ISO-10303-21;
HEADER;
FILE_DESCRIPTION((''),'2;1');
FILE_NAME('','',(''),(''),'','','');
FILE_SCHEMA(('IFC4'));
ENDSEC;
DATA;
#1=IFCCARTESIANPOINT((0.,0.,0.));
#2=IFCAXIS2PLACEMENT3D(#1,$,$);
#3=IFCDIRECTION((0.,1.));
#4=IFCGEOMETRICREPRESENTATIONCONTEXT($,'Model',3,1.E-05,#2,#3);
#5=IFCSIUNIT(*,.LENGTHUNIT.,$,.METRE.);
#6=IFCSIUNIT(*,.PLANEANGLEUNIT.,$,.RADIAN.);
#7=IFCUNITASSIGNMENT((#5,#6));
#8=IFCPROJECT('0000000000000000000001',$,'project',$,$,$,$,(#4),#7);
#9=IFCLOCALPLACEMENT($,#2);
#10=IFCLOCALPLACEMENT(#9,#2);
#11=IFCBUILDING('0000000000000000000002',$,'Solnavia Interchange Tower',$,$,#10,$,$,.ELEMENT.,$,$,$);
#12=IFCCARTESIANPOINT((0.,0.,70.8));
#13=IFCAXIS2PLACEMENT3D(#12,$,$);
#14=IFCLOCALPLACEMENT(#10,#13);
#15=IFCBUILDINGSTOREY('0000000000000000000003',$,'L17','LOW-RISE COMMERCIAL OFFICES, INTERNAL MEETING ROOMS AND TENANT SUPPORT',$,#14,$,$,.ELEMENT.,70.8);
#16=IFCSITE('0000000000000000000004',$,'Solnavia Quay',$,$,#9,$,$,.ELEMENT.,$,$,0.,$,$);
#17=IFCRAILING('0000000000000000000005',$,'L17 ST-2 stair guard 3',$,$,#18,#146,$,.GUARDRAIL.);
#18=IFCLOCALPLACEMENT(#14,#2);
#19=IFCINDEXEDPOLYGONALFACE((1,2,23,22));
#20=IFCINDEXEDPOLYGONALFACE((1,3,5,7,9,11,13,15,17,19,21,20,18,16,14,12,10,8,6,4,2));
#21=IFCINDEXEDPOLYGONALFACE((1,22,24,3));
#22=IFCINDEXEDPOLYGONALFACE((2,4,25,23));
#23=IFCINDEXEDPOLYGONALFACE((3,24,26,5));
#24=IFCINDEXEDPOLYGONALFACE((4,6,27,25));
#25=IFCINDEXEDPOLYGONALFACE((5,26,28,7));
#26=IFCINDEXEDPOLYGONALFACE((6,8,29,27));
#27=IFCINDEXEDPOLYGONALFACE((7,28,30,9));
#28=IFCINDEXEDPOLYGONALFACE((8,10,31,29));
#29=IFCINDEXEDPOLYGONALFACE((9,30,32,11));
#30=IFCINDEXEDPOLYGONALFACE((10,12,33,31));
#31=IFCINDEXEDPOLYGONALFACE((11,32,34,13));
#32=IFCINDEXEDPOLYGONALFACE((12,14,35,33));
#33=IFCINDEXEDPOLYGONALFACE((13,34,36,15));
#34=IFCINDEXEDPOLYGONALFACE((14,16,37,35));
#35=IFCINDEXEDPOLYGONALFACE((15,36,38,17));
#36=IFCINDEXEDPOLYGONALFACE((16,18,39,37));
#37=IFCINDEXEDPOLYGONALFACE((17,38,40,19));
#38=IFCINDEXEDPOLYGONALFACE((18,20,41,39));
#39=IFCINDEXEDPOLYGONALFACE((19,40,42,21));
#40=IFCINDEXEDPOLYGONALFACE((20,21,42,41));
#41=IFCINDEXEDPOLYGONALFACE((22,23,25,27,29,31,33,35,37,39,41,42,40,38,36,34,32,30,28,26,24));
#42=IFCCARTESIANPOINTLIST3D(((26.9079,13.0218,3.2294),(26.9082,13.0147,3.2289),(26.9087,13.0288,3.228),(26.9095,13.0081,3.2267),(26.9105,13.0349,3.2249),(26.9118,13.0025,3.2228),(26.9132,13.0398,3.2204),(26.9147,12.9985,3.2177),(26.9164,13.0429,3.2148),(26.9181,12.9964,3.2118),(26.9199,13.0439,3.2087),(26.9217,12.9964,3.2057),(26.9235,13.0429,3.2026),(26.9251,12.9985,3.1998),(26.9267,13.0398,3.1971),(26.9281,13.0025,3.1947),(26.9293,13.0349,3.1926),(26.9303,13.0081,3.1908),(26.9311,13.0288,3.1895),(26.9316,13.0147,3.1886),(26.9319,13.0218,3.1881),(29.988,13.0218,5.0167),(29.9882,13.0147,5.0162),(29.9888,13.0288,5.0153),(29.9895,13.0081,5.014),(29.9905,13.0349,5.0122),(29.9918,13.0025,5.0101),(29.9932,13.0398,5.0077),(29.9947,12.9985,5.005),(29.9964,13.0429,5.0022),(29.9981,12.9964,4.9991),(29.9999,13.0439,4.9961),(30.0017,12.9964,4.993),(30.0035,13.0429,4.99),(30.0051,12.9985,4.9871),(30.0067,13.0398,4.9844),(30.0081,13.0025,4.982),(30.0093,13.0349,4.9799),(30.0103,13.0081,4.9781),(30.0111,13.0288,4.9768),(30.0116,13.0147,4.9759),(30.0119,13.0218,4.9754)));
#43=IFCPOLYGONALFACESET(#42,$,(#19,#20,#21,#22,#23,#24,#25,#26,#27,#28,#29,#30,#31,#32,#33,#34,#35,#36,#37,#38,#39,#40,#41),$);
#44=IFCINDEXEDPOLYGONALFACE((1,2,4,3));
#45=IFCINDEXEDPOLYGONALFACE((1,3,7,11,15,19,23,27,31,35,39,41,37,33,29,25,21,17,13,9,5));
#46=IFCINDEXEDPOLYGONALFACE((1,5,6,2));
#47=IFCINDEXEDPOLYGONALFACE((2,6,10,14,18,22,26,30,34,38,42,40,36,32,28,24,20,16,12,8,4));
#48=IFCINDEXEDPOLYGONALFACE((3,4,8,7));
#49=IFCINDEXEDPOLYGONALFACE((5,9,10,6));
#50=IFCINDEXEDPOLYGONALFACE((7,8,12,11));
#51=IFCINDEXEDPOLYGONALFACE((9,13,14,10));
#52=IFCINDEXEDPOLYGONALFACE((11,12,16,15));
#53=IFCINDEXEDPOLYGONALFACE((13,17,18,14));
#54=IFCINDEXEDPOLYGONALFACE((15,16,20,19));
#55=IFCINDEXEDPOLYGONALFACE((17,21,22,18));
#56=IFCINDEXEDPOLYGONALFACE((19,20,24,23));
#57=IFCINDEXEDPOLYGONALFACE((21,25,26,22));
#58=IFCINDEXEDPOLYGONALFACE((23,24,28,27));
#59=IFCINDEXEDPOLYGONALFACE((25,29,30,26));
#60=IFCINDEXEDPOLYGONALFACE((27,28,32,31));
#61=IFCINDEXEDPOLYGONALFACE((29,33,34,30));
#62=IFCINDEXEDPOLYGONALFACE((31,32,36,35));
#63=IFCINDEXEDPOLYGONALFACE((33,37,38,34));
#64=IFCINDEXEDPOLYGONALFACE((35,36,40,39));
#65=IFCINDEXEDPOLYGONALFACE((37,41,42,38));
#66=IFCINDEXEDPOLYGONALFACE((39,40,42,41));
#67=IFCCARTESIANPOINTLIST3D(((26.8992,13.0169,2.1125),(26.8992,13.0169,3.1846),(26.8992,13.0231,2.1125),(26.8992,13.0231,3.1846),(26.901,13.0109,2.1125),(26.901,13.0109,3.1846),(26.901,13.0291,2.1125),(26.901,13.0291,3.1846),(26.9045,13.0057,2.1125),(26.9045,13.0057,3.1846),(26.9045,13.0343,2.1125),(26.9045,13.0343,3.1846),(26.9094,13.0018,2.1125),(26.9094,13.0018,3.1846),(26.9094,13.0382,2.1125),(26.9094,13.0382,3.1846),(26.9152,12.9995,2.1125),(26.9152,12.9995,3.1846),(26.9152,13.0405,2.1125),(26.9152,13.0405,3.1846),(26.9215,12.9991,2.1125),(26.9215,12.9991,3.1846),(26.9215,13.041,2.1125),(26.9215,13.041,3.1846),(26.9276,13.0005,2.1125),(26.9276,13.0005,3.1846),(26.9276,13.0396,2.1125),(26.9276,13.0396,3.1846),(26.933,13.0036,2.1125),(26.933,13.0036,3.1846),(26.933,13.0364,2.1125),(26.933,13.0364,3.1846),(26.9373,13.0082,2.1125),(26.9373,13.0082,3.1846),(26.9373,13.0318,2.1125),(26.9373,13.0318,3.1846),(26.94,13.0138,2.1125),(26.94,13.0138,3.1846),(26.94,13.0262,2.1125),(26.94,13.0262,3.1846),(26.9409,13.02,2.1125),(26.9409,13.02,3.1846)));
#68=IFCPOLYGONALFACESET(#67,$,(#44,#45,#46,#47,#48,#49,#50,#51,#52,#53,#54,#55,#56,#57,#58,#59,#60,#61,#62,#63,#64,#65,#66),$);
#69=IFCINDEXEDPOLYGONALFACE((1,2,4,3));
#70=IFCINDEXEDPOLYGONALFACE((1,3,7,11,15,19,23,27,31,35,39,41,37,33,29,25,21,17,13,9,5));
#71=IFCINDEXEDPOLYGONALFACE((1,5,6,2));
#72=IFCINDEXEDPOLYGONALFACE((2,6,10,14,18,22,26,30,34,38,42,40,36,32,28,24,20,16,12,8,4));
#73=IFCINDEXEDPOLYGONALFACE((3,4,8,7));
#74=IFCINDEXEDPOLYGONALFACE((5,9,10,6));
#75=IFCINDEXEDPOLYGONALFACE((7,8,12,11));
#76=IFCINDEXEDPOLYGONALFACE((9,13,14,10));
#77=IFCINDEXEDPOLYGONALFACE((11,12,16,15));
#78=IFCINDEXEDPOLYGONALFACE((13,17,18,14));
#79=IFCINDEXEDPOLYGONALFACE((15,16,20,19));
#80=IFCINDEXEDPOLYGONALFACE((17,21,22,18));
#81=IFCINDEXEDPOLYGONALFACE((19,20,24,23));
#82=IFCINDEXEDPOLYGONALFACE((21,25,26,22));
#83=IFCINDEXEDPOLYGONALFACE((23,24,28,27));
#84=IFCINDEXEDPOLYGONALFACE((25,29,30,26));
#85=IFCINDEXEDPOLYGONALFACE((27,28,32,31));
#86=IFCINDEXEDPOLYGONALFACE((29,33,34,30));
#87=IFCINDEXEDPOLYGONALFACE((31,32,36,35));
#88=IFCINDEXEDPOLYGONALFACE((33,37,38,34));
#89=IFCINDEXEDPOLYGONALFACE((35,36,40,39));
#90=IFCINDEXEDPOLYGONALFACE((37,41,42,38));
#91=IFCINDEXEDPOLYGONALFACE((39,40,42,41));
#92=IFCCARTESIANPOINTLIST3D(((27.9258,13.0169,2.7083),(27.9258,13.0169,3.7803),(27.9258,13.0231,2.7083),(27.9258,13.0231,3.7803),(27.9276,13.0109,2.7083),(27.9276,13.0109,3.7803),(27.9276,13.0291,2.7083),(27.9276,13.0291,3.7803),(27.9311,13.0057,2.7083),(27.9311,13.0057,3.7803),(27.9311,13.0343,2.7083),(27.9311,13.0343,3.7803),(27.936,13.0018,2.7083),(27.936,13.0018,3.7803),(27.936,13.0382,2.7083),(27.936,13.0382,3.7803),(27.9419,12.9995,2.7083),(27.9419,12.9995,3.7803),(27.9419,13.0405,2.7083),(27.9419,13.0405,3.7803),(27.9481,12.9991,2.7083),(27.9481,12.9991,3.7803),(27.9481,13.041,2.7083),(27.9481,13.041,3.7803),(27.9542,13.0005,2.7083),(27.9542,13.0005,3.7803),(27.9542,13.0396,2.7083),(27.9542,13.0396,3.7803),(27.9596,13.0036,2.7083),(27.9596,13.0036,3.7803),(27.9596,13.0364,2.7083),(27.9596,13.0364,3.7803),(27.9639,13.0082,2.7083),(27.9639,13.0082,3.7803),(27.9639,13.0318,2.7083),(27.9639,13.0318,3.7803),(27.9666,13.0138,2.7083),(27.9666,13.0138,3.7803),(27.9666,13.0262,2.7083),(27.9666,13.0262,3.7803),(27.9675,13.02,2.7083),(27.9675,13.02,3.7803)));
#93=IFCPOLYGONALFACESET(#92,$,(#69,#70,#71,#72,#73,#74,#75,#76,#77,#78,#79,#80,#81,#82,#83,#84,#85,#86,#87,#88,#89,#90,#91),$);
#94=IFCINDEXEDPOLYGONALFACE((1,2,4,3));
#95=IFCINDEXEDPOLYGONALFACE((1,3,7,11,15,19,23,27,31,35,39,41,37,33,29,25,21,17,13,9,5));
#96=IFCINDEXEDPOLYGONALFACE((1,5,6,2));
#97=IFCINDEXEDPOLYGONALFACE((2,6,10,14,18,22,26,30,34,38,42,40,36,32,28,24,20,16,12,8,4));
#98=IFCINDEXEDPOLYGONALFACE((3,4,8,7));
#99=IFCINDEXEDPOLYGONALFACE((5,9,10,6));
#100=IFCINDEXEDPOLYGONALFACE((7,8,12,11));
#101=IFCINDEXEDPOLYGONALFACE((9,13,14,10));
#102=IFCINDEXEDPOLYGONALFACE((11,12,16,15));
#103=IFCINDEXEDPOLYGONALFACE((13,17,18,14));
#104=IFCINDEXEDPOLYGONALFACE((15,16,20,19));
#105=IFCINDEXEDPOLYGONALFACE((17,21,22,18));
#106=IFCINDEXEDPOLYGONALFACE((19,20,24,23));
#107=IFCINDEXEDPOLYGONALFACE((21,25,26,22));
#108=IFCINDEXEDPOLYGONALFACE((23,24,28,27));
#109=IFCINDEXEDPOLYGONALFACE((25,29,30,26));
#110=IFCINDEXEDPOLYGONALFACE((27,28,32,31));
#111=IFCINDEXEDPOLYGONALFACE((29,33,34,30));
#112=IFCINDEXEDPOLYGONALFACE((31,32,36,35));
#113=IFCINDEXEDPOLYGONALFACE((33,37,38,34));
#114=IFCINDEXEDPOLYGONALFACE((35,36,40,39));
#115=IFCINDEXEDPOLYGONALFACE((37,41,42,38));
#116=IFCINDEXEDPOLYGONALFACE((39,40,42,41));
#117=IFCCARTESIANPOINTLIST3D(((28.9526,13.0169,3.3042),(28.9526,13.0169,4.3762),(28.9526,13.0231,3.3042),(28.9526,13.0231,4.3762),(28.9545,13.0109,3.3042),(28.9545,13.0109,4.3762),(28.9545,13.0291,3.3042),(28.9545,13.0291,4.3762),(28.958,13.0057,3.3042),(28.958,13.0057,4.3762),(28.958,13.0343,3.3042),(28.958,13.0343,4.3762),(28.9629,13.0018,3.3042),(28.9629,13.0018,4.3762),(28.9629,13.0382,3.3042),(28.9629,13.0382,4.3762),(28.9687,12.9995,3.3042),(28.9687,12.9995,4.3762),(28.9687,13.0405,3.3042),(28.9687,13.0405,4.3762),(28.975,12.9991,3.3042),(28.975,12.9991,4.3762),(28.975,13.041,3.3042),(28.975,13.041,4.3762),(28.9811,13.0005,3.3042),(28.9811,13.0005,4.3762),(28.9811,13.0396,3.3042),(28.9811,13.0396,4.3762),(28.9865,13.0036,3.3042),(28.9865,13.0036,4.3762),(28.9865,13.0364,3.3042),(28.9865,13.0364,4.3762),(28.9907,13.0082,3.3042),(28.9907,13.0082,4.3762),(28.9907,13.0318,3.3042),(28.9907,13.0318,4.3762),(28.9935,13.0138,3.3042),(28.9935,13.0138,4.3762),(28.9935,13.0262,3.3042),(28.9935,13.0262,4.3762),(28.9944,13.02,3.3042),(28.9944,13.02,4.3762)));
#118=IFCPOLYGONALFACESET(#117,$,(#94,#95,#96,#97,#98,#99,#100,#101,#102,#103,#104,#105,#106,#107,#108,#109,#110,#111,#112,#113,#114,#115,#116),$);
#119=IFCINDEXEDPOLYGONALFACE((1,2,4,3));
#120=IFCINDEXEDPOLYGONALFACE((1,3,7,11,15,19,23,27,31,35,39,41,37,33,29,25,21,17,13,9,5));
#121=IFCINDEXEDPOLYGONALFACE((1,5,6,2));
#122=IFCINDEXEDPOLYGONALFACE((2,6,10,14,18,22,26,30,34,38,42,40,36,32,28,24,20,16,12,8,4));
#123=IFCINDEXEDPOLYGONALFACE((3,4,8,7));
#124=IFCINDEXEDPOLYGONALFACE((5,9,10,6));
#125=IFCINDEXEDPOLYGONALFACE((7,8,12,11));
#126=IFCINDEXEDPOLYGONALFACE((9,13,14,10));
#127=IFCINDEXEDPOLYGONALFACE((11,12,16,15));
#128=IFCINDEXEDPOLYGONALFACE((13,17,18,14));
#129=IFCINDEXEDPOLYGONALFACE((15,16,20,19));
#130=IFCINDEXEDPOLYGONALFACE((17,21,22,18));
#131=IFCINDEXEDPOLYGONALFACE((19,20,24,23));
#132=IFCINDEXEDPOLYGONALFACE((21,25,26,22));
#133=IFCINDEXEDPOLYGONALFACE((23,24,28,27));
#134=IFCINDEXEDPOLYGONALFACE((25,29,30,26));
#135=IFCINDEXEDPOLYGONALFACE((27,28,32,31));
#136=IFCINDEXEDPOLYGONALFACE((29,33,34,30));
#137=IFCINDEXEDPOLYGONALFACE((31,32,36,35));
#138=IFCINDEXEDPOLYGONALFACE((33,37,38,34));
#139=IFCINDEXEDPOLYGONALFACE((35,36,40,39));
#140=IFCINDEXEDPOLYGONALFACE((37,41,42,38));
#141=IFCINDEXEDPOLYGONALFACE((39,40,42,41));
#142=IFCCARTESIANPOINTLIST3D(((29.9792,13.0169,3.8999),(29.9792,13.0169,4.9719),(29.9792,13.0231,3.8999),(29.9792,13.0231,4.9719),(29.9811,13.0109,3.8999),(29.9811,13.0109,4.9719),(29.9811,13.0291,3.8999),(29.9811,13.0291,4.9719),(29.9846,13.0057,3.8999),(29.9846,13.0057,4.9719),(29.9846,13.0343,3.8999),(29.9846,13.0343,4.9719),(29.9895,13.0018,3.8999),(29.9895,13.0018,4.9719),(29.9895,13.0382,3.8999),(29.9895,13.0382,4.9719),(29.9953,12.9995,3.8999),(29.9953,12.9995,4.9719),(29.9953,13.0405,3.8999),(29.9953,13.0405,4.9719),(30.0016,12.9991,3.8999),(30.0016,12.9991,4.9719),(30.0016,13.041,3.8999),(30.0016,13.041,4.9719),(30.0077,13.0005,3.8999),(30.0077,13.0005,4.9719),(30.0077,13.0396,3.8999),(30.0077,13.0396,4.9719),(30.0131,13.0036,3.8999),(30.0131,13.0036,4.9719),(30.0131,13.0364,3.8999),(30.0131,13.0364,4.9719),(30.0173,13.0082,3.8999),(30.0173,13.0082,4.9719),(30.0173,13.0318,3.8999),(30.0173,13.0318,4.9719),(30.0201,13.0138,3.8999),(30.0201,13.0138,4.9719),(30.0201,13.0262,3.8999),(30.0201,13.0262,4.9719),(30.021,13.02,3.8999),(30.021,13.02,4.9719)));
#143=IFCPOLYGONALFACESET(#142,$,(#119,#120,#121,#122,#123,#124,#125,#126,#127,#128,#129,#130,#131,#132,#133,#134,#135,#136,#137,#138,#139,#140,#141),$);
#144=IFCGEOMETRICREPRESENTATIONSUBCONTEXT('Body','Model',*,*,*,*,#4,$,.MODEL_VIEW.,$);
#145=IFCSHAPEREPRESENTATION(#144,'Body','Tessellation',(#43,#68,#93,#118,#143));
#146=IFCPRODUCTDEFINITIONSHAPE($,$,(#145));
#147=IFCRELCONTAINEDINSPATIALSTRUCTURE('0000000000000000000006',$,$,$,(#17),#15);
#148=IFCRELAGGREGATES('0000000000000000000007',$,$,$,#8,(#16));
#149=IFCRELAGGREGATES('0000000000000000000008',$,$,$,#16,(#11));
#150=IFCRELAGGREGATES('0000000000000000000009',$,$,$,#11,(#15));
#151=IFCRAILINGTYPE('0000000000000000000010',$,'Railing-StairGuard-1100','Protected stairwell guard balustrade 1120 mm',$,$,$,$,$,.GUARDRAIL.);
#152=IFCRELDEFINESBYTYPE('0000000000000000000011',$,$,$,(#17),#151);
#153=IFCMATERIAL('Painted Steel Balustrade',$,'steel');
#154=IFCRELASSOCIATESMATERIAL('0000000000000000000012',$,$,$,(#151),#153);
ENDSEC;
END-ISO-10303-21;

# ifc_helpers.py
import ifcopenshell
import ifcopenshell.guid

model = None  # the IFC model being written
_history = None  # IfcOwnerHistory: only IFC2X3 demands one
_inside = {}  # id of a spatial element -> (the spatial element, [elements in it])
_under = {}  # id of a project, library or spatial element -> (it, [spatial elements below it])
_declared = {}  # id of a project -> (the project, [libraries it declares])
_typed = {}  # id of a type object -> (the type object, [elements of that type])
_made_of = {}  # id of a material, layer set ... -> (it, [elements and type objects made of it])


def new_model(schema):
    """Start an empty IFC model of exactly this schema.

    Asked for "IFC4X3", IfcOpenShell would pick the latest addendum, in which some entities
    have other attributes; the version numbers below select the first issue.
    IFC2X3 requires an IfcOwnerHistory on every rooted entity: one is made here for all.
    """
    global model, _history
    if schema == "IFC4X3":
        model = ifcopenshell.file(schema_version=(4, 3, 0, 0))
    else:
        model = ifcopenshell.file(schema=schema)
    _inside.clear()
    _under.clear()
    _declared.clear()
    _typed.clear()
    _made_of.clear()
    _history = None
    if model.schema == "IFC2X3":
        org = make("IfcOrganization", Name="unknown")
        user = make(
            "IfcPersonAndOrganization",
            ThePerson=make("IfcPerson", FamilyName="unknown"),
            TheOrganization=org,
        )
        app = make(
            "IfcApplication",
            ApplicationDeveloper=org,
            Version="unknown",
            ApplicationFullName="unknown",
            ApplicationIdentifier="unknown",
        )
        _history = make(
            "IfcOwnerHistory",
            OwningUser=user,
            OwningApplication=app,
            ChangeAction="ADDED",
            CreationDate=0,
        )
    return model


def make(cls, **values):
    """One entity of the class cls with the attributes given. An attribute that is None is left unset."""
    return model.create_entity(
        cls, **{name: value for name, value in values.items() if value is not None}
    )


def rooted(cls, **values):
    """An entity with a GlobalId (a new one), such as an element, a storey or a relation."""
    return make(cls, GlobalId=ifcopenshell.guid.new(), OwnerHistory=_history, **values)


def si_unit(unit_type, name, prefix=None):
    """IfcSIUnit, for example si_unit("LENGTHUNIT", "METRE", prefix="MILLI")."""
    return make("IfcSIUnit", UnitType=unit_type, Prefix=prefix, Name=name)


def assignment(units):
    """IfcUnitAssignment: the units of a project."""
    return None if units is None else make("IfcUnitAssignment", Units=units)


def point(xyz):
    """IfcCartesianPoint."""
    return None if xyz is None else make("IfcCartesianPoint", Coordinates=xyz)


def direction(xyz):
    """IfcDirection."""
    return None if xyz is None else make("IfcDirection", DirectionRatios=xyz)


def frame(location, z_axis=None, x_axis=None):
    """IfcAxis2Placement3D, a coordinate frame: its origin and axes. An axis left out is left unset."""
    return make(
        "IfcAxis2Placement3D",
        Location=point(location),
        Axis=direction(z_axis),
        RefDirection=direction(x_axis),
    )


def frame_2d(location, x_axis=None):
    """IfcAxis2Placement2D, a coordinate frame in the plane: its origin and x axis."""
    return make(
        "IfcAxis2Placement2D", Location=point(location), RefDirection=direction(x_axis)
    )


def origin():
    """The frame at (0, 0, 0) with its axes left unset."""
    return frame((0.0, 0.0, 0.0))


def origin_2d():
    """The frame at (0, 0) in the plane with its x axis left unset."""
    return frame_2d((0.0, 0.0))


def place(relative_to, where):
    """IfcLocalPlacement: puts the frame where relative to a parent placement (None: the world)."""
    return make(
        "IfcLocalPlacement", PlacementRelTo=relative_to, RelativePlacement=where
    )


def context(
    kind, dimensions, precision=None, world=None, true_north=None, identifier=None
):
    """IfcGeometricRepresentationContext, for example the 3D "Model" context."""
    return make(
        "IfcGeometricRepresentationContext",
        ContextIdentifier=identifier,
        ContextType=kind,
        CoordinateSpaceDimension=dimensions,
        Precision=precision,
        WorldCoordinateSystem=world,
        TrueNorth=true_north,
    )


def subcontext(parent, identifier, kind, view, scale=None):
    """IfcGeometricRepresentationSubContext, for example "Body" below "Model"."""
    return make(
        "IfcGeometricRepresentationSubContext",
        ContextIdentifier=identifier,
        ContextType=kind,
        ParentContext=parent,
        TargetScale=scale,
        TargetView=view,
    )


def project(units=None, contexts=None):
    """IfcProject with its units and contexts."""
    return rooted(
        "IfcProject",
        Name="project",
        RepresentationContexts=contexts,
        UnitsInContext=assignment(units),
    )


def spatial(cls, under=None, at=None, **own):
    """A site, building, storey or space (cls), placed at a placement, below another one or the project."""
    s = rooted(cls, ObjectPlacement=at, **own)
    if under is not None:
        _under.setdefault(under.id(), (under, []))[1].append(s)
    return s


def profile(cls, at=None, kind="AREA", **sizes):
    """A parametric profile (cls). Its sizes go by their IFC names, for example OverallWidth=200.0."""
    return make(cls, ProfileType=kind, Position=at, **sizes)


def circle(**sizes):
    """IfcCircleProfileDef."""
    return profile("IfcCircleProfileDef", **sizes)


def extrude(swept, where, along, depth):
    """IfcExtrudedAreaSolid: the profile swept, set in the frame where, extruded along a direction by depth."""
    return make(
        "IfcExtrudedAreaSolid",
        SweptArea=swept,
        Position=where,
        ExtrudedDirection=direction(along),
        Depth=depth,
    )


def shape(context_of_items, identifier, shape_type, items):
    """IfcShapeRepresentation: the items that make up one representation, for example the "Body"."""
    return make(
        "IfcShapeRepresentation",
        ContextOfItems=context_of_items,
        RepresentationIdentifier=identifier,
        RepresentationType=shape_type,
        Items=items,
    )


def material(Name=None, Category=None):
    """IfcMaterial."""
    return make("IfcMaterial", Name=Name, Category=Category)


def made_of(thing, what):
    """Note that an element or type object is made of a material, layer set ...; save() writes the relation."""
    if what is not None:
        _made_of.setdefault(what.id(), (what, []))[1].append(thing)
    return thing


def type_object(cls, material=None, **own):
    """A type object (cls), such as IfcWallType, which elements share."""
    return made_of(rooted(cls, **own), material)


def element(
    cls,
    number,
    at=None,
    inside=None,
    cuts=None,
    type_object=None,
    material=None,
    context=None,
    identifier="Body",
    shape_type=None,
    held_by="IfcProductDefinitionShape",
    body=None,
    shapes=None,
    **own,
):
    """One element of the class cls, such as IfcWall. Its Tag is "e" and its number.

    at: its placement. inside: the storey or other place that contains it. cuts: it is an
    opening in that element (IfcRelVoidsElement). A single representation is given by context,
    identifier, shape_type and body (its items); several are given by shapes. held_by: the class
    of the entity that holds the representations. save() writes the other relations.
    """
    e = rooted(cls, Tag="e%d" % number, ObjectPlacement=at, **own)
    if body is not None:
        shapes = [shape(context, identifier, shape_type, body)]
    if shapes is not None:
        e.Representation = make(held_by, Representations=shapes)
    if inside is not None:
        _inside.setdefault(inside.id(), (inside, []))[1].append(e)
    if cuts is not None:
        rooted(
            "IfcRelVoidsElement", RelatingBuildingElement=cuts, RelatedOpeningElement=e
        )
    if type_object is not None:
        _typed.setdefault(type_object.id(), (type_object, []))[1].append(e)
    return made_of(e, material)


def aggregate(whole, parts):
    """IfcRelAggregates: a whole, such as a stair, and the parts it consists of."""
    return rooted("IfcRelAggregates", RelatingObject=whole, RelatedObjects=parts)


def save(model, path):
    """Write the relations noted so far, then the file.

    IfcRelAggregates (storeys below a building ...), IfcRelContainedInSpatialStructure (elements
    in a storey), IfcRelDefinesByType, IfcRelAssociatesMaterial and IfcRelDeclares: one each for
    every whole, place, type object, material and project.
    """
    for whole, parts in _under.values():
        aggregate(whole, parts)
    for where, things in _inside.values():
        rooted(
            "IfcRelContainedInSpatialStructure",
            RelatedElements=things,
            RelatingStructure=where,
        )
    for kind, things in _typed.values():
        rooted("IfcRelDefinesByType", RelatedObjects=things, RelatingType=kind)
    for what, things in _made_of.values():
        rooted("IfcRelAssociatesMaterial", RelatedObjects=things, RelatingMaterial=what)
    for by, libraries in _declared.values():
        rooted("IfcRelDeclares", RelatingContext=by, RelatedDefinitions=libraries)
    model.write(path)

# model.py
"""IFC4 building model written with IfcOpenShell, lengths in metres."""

from ifc_helpers import new_model, si_unit, direction, frame, origin, origin_2d, place, context, subcontext, project, spatial, circle, extrude, material, type_object, element, save


model = new_model("IFC4")

# Units and contexts
model_context = context("Model", 3, precision=1e-05, world=origin(), true_north=direction((0.0, 1.0)))
body_context = subcontext(model_context, "Body", "Model", "MODEL_VIEW")
ifc_project = project(units=[si_unit("LENGTHUNIT", "METRE"), si_unit("PLANEANGLEUNIT", "RADIAN")], contexts=[model_context])

# Site, building, storey
site_placement = place(None, origin())
site = spatial("IfcSite", under=ifc_project, at=site_placement, Name="Solnavia Quay", CompositionType="ELEMENT", RefElevation=0.0)
building_placement = place(site_placement, origin())
building = spatial("IfcBuilding", under=site, at=building_placement, Name="Solnavia Interchange Tower", CompositionType="ELEMENT")
storey_placement = place(building_placement, frame((0.0, 0.0, 70.8)))
storey = spatial("IfcBuildingStorey", under=building, at=storey_placement, Name="L17", Description="LOW-RISE COMMERCIAL OFFICES, INTERNAL MEETING ROOMS AND TENANT SUPPORT", CompositionType="ELEMENT", Elevation=70.8)

# Railing
ifc_material_1 = material(Name="Painted Steel Balustrade", Category="steel")
railing_type_1 = type_object("IfcRailingType", Name="Railing-StairGuard-1100", Description="Protected stairwell guard balustrade 1120 mm", PredefinedType="GUARDRAIL", material=ifc_material_1)
railing_1_placement = place(storey_placement, frame((26.9199, 13.02, 2.1125)))
element("IfcRailing", 1, at=railing_1_placement, inside=storey, type_object=railing_type_1, Name="L17 ST-2 stair guard 3", PredefinedType="GUARDRAIL", context=body_context, shape_type="SweptSolid", body=[
    extrude(circle(Radius=0.0239, at=origin_2d()), frame((0.0, 0.0, 1.0962), z_axis=(0.86492, 0.0, 0.501909), x_axis=(0.0, 1.0, 0.0)), (0.0, 0.0, 1.0), 3.561),
    extrude(circle(Radius=0.021, at=origin_2d()), origin(), (0.0, 0.0, 1.0), 1.072),
    extrude(circle(Radius=0.021, at=origin_2d()), frame((1.0266, 0.0, 0.5957)), (0.0, 0.0, 1.0), 1.072),
    extrude(circle(Radius=0.021, at=origin_2d()), frame((2.0535, 0.0, 1.1917)), (0.0, 0.0, 1.0), 1.072),
    extrude(circle(Radius=0.021, at=origin_2d()), frame((3.0801, 0.0, 1.7874)), (0.0, 0.0, 1.0), 1.072),
])

save(model, "model.ifc")
